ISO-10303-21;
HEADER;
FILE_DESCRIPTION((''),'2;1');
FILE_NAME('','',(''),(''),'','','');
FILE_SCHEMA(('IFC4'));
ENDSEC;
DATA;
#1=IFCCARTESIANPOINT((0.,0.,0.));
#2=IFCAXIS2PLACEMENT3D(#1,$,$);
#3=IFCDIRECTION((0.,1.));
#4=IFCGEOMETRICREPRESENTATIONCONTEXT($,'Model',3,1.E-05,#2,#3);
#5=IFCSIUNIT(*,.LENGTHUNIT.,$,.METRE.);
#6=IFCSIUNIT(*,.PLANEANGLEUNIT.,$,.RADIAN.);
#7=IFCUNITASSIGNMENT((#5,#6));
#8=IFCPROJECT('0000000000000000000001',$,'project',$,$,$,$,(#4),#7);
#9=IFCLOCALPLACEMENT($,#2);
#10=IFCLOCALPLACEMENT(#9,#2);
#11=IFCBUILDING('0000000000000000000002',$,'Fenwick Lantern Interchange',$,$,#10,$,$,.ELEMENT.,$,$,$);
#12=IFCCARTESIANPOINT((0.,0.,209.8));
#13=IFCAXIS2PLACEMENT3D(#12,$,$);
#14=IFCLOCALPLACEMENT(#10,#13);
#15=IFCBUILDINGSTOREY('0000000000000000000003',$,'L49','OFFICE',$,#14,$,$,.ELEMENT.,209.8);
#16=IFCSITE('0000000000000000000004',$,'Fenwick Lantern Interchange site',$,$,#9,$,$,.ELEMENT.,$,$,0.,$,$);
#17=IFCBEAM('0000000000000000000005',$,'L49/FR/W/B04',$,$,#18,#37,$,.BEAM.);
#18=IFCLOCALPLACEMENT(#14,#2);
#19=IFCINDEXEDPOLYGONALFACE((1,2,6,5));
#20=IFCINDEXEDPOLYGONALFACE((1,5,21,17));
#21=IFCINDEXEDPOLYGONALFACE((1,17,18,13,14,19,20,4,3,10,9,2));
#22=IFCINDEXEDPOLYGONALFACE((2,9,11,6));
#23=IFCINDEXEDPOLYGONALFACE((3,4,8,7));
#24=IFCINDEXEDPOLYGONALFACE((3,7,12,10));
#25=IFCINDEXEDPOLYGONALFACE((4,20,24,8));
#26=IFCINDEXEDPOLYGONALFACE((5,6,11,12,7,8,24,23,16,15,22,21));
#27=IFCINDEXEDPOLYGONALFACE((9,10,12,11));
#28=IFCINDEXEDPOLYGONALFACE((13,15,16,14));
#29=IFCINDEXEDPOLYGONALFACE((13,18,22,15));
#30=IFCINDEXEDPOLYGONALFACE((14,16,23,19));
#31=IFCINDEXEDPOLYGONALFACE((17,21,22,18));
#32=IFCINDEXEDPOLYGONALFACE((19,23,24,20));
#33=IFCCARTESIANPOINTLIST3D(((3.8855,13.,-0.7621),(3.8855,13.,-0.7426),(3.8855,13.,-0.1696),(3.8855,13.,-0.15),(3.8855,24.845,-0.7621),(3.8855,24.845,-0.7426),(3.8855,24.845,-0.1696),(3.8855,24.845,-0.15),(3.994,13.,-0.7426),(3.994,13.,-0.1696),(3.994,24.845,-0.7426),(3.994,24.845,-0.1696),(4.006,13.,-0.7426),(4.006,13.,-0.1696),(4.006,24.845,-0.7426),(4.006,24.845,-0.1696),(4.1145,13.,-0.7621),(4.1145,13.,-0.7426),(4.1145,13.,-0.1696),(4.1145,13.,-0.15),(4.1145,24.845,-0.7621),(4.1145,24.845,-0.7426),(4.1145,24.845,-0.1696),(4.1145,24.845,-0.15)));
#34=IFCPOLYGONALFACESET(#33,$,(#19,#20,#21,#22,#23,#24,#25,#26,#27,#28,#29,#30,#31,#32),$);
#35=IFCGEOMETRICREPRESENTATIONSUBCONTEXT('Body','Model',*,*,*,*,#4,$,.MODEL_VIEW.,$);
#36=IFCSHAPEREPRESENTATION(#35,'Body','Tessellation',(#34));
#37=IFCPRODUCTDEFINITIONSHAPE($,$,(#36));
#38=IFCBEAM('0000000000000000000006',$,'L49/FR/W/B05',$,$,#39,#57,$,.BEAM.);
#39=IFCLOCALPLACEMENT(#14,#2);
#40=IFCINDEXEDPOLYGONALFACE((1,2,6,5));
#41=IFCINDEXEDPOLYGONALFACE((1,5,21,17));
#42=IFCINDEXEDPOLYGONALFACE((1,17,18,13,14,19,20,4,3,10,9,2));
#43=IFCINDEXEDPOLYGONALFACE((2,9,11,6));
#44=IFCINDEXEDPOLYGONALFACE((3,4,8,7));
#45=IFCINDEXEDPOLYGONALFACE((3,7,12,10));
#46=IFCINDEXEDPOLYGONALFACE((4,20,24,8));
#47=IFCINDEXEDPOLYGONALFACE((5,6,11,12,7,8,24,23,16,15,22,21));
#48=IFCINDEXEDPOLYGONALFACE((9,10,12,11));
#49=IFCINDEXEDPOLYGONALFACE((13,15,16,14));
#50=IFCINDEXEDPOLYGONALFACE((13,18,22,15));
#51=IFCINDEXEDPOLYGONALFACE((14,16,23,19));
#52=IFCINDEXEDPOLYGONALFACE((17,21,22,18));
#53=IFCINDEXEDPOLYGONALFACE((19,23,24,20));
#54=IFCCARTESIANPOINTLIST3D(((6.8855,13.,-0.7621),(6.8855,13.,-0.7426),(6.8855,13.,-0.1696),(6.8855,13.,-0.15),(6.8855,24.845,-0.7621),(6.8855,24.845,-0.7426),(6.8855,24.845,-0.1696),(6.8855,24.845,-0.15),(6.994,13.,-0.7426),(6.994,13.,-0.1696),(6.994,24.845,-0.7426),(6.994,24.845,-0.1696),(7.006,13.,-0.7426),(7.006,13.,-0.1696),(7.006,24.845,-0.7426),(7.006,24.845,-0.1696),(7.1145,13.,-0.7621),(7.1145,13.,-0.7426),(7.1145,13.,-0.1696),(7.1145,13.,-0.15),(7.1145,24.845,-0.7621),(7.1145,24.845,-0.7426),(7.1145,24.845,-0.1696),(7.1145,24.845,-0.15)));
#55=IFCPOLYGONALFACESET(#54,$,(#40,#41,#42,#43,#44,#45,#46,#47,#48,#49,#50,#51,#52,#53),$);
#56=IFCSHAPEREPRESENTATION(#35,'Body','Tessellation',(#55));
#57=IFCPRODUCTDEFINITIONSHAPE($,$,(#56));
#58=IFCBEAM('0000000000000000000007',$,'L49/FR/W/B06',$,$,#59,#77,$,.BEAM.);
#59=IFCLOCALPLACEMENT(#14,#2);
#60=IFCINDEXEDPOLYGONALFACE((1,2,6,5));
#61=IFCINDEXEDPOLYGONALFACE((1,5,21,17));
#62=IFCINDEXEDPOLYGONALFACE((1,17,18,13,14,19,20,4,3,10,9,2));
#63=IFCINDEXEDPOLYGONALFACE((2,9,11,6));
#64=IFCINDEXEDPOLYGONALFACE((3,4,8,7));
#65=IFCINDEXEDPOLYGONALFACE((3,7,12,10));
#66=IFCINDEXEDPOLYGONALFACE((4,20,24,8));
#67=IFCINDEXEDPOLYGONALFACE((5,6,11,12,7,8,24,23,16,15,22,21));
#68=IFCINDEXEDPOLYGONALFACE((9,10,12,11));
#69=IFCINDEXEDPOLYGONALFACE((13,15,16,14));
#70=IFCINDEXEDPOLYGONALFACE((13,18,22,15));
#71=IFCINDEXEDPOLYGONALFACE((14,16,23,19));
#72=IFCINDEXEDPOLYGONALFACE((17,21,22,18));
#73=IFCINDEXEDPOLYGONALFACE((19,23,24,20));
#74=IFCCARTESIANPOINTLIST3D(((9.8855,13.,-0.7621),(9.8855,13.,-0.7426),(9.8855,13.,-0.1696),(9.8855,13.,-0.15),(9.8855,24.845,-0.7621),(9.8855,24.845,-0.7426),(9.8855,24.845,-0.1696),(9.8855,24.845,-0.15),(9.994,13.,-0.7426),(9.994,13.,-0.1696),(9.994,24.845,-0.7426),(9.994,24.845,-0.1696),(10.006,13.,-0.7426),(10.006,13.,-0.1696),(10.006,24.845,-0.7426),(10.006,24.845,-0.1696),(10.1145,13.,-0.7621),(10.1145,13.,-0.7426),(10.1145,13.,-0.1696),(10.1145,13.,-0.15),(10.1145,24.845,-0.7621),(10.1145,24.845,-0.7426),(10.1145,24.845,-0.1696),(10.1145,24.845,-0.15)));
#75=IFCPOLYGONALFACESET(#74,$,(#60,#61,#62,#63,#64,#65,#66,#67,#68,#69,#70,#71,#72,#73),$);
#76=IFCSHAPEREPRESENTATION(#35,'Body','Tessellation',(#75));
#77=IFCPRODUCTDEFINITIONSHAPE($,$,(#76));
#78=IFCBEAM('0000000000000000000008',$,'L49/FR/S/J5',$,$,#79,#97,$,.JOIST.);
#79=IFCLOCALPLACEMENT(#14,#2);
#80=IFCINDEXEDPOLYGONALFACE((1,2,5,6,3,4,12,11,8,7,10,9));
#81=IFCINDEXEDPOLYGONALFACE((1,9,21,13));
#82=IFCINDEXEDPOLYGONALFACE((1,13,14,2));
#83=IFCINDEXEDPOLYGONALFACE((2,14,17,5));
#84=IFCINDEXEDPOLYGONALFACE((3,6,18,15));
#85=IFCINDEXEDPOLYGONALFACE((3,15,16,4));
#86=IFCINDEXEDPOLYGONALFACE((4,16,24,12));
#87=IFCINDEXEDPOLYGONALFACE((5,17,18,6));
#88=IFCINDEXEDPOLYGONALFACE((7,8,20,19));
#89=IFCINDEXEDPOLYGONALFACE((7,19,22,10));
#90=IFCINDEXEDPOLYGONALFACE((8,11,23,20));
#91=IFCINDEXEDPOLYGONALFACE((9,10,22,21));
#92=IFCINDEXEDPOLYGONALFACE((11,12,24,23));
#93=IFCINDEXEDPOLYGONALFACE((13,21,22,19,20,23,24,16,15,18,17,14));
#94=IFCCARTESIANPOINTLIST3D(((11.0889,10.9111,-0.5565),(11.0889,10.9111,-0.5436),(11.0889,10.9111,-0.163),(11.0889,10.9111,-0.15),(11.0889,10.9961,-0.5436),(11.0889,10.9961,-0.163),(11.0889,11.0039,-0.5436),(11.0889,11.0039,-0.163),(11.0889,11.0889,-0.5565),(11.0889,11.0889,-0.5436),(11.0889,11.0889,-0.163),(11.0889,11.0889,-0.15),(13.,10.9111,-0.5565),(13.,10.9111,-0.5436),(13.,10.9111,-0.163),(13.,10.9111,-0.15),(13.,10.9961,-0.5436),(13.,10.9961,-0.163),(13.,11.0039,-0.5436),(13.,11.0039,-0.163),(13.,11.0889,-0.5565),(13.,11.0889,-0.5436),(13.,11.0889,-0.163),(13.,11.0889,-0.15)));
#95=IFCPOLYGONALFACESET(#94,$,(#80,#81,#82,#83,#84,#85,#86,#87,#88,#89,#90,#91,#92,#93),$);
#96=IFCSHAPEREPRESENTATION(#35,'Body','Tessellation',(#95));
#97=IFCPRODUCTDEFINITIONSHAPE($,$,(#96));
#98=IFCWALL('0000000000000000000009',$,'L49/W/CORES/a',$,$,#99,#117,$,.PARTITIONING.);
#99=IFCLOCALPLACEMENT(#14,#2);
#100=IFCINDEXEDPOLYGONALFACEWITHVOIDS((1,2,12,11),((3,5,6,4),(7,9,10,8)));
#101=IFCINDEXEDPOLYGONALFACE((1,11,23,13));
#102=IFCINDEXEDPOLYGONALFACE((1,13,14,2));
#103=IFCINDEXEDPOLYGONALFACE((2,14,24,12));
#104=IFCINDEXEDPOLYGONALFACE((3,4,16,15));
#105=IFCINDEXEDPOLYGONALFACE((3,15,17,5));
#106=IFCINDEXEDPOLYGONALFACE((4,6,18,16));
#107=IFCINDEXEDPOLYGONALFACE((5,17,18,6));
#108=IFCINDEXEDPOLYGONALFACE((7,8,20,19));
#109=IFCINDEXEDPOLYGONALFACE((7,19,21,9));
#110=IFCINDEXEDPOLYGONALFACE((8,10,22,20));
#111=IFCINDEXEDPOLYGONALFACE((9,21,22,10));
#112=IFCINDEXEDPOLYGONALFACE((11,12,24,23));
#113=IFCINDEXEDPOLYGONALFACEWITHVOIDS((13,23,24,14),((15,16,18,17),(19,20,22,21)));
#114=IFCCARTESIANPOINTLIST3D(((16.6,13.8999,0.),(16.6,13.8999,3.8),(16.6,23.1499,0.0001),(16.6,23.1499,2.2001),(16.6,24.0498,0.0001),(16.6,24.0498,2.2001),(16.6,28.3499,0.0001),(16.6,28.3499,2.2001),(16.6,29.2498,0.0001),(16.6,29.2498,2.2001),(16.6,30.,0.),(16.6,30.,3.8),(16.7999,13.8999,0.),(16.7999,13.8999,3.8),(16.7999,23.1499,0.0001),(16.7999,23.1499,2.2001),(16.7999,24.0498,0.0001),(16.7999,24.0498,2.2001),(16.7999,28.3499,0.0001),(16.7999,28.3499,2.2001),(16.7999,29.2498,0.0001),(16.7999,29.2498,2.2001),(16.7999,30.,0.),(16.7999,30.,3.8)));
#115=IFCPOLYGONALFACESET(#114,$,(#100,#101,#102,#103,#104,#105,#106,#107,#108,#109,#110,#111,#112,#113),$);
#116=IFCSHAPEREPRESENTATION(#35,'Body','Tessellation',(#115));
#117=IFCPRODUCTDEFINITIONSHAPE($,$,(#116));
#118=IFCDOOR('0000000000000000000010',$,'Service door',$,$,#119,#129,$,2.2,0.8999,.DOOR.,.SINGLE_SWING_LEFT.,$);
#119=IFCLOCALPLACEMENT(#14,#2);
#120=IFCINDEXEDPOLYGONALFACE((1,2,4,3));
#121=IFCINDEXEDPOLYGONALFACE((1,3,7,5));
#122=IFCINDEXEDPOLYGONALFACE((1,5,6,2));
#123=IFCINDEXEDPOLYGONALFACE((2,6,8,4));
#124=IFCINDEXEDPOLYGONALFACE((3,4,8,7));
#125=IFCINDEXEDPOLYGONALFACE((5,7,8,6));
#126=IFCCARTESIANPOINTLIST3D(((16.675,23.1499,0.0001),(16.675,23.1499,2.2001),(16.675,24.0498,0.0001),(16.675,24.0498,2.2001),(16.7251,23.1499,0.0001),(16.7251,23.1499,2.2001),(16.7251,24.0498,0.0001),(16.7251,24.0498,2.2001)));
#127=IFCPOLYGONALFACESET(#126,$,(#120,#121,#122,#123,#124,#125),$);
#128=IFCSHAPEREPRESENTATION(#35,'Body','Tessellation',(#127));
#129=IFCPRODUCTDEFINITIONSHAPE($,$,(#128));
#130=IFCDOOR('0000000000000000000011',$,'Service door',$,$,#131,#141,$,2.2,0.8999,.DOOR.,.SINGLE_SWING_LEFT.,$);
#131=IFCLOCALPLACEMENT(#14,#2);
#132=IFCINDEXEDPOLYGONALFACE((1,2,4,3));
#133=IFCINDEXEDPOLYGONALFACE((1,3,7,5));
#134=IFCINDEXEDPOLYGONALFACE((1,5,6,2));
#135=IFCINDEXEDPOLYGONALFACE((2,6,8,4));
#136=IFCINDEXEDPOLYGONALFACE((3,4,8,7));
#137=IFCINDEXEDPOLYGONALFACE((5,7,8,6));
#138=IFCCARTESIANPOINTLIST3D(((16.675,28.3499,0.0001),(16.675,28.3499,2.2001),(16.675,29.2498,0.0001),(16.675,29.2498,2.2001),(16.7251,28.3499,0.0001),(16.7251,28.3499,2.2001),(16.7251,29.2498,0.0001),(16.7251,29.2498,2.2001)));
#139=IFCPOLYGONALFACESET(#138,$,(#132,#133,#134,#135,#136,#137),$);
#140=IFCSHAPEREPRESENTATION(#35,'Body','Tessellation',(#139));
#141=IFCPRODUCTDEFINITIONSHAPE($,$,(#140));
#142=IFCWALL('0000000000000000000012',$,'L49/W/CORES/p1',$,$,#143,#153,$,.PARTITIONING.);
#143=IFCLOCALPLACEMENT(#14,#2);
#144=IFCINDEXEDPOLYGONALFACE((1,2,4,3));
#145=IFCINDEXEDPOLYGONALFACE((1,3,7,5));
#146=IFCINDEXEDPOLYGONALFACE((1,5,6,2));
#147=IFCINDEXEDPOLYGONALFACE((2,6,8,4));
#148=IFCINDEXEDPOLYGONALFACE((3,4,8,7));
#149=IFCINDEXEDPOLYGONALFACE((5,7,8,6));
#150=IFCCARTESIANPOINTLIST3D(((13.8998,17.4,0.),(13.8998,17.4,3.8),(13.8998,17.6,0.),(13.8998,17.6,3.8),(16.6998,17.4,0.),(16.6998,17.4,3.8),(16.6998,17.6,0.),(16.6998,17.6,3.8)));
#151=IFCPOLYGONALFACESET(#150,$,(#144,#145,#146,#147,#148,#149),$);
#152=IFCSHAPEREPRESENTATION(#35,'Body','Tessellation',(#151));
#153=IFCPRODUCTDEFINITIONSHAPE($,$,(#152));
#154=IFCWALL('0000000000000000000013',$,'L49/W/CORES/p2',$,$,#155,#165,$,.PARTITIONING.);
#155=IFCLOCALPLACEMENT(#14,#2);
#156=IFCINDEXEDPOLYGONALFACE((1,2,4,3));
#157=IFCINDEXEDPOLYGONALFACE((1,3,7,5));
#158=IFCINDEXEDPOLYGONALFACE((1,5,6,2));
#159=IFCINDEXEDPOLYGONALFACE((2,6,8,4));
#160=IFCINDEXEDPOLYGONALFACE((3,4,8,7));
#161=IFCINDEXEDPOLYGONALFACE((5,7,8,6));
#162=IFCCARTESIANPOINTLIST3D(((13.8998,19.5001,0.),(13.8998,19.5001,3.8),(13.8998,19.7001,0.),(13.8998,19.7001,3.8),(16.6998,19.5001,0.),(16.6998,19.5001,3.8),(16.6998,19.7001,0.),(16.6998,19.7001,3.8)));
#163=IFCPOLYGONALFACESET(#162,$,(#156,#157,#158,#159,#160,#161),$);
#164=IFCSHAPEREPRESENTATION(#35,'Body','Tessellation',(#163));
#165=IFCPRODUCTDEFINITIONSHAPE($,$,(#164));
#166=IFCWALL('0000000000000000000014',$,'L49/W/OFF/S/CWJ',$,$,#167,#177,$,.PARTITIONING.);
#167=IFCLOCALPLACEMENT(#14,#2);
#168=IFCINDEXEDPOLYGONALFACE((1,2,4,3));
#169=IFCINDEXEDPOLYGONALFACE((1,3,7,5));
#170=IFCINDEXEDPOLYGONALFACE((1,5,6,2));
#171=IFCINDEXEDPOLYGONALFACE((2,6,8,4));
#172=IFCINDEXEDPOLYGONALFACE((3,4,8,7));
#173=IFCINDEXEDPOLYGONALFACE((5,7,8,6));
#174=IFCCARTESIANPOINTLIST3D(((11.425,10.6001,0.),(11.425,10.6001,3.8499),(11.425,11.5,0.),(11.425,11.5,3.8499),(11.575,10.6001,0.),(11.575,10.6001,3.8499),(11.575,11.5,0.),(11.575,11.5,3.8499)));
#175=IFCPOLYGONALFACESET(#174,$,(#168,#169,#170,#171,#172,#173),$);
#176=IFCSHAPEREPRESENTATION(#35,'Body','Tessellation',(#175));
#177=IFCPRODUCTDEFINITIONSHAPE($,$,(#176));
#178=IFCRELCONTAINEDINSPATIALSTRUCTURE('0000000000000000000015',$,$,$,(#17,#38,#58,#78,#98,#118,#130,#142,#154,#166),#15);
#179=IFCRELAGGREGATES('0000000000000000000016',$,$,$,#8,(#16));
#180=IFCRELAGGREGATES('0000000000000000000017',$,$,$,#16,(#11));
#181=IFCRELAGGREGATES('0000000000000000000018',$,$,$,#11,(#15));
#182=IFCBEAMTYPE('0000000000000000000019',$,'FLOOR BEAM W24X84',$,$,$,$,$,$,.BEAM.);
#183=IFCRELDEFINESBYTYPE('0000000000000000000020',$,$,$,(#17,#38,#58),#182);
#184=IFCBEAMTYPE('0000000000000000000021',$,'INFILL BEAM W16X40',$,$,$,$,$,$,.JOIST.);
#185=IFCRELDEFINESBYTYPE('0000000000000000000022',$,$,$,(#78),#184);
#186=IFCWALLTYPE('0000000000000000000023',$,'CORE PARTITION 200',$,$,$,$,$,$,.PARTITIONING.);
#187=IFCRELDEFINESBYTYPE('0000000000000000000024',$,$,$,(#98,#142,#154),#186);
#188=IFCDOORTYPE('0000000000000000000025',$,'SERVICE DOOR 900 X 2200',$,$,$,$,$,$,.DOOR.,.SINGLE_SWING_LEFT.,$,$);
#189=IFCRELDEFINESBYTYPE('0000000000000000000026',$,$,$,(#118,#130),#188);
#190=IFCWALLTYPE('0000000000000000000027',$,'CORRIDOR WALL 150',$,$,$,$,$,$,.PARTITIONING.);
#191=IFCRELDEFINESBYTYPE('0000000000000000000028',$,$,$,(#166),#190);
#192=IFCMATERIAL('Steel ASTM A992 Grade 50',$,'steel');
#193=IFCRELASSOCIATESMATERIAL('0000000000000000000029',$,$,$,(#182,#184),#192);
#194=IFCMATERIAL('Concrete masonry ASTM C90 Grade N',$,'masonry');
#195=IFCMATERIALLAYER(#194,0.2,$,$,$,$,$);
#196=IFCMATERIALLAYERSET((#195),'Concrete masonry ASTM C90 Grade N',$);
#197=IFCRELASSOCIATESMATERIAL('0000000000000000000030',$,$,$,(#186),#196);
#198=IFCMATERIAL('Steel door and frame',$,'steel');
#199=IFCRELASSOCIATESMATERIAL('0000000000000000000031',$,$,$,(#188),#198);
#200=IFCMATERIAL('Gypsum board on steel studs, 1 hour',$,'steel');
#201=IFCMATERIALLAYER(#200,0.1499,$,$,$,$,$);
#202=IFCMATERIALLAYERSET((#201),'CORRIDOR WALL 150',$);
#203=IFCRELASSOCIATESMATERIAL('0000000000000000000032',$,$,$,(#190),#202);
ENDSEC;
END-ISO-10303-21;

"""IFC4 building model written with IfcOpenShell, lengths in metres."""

from ifc_helpers import new_model, si_unit, direction, frame, frame_2d, origin, origin_2d, place, context, subcontext, project, spatial, rectangle, i_section, extrude, material, layer, layer_set, material_profile, profile_set, type_object, element, fill, save


model = new_model("IFC4")

# Units and contexts
model_context = context("Model", 3, precision=1e-05, world=origin(), true_north=direction((0.0, 1.0)))
body_context = subcontext(model_context, "Body", "Model", "MODEL_VIEW")
ifc_project = project(units=[si_unit("LENGTHUNIT", "METRE"), si_unit("PLANEANGLEUNIT", "RADIAN")], contexts=[model_context])

# Site, building, storey
site_placement = place(None, origin())
site = spatial("IfcSite", under=ifc_project, at=site_placement, Name="Fenwick Lantern Interchange site", CompositionType="ELEMENT", RefElevation=0.0)
building_placement = place(site_placement, origin())
building = spatial("IfcBuilding", under=site, at=building_placement, Name="Fenwick Lantern Interchange", CompositionType="ELEMENT")
storey_placement = place(building_placement, frame((0.0, 0.0, 209.8)))
storey = spatial("IfcBuildingStorey", under=building, at=storey_placement, Name="L49", Description="OFFICE", CompositionType="ELEMENT", Elevation=209.8)

# Beams
ifc_material_1 = material(Name="Steel ASTM A992 Grade 50", Category="steel")
ifc_material_profile_1 = material_profile(ifc_material_1, i_section(OverallWidth=0.229, OverallDepth=0.6121, WebThickness=0.012, FlangeThickness=0.0195, at=origin_2d()), Name="W24X84")
ifc_profile_set_1 = profile_set([ifc_material_profile_1], Name="Steel ASTM A992 Grade 50")
beam_type_1 = type_object("IfcBeamType", Name="FLOOR BEAM W24X84", PredefinedType="BEAM", material=ifc_profile_set_1)
for number, where, z_axis, x_axis, name in (
    (1, (4.0, 24.845, -0.4561), (0.0, -1.0, 0.0), (1.0, 0.0, 0.0), "L49/FR/W/B04"),
    (2, (7.0, 24.845, -0.4561), (0.0, -1.0, 0.0), (1.0, 0.0, 0.0), "L49/FR/W/B05"),
    (3, (10.0, 24.845, -0.4561), (0.0, -1.0, 0.0), (1.0, 0.0, 0.0), "L49/FR/W/B06"),
):
    element("IfcBeam", number, at=place(storey_placement, frame(where, z_axis=z_axis, x_axis=x_axis)), inside=storey, type_object=beam_type_1, Name=name, PredefinedType="BEAM", context=body_context, shape_type="SweptSolid", body=[
        extrude(i_section(OverallWidth=0.229, OverallDepth=0.6121, WebThickness=0.012, FlangeThickness=0.0195, at=origin_2d()), origin(), (0.0, 0.0, 1.0), 11.845),
    ])
ifc_material_profile_2 = material_profile(ifc_material_1, i_section(OverallWidth=0.1777, OverallDepth=0.4065, WebThickness=0.0078, FlangeThickness=0.0129, at=origin_2d()), Name="W16X40")
ifc_profile_set_2 = profile_set([ifc_material_profile_2], Name="Steel ASTM A992 Grade 50")
beam_type_2 = type_object("IfcBeamType", Name="INFILL BEAM W16X40", PredefinedType="JOIST", material=ifc_profile_set_2)
beam_placement = place(storey_placement, frame((11.0889, 11.0, -0.3533), z_axis=(1.0, 0.0, 0.0), x_axis=(0.0, 1.0, 0.0)))
element("IfcBeam", 4, at=beam_placement, inside=storey, type_object=beam_type_2, Name="L49/FR/S/J5", PredefinedType="JOIST", context=body_context, shape_type="SweptSolid", body=[
    extrude(i_section(OverallWidth=0.1777, OverallDepth=0.4065, WebThickness=0.0078, FlangeThickness=0.0129, at=origin_2d()), origin(), (0.0, 0.0, 1.0), 1.9111),
])

# Wall, openings, doors
ifc_material_2 = material(Name="Concrete masonry ASTM C90 Grade N", Category="masonry")
ifc_layer_1 = layer(ifc_material_2, 0.2)
ifc_layer_set_1 = layer_set([ifc_layer_1], Name="Concrete masonry ASTM C90 Grade N")
wall_type_1 = type_object("IfcWallType", Name="CORE PARTITION 200", PredefinedType="PARTITIONING", material=ifc_layer_set_1)
wall_1_placement = place(storey_placement, frame((16.7, 13.8999, 0.0), z_axis=(0.0, 0.0, 1.0), x_axis=(0.0, 1.0, 0.0)))
wall_1 = element("IfcWall", 5, at=wall_1_placement, inside=storey, type_object=wall_type_1, Name="L49/W/CORES/a", PredefinedType="PARTITIONING", context=body_context, shape_type="SweptSolid", body=[
    extrude(rectangle(XDim=16.1001, YDim=0.2, at=frame_2d((8.05, 0.0))), origin(), (0.0, 0.0, 1.0), 3.8),
])
opening_1_placement = place(wall_1_placement, frame((9.25, 0.0, 0.0)))
opening_1 = element("IfcOpeningElement", 6, at=opening_1_placement, cuts=wall_1, PredefinedType="OPENING", context=body_context, shape_type="SweptSolid", body=[
    extrude(rectangle(XDim=0.8999, YDim=2.2, at=frame_2d((0.45, 1.1001))), frame((0.0, 0.1099, 0.0), z_axis=(0.0, -1.0, 0.0), x_axis=(1.0, 0.0, 0.0)), (0.0, 0.0, 1.0), 0.22),
])
opening_2_placement = place(wall_1_placement, frame((14.45, 0.0, 0.0)))
opening_2 = element("IfcOpeningElement", 7, at=opening_2_placement, cuts=wall_1, PredefinedType="OPENING", context=body_context, shape_type="SweptSolid", body=[
    extrude(rectangle(XDim=0.8999, YDim=2.2, at=frame_2d((0.45, 1.1001))), frame((0.0, 0.1099, 0.0), z_axis=(0.0, -1.0, 0.0), x_axis=(1.0, 0.0, 0.0)), (0.0, 0.0, 1.0), 0.22),
])
ifc_material_3 = material(Name="Steel door and frame", Category="steel")
door_type_1 = type_object("IfcDoorType", Name="SERVICE DOOR 900 X 2200", OperationType="SINGLE_SWING_LEFT", PredefinedType="DOOR", material=ifc_material_3)
door_1_placement = place(opening_1_placement, origin())
door_1 = element("IfcDoor", 8, at=door_1_placement, inside=storey, type_object=door_type_1, Name="Service door", OperationType="SINGLE_SWING_LEFT", OverallHeight=2.2, OverallWidth=0.8999, PredefinedType="DOOR", context=body_context, shape_type="SweptSolid", body=[
    extrude(rectangle(XDim=0.8999, YDim=2.2, at=frame_2d((0.45, 1.1001))), frame((0.0, 0.0249, 0.0), z_axis=(0.0, -1.0, 0.0), x_axis=(1.0, 0.0, 0.0)), (0.0, 0.0, 1.0), 0.05),
])
fill(opening_1, door_1)
door_2_placement = place(opening_2_placement, origin())
door_2 = element("IfcDoor", 9, at=door_2_placement, inside=storey, type_object=door_type_1, Name="Service door", OperationType="SINGLE_SWING_LEFT", OverallHeight=2.2, OverallWidth=0.8999, PredefinedType="DOOR", context=body_context, shape_type="SweptSolid", body=[
    extrude(rectangle(XDim=0.8999, YDim=2.2, at=frame_2d((0.45, 1.1001))), frame((0.0, 0.0249, 0.0), z_axis=(0.0, -1.0, 0.0), x_axis=(1.0, 0.0, 0.0)), (0.0, 0.0, 1.0), 0.05),
])
fill(opening_2, door_2)

# Walls
for number, where, z_axis, x_axis, name in (
    (10, (13.8999, 17.5, 0.0), (0.0, 0.0, 1.0), (1.0, 0.0, 0.0), "L49/W/CORES/p1"),
    (11, (13.8999, 19.6001, 0.0), (0.0, 0.0, 1.0), (1.0, 0.0, 0.0), "L49/W/CORES/p2"),
):
    element("IfcWall", number, at=place(storey_placement, frame(where, z_axis=z_axis, x_axis=x_axis)), inside=storey, type_object=wall_type_1, Name=name, PredefinedType="PARTITIONING", context=body_context, shape_type="SweptSolid", body=[
        extrude(rectangle(XDim=2.8, YDim=0.2, at=frame_2d((1.3999, 0.0))), origin(), (0.0, 0.0, 1.0), 3.8),
    ])

# Wall
ifc_material_4 = material(Name="Gypsum board on steel studs, 1 hour", Category="steel")
ifc_layer_2 = layer(ifc_material_4, 0.1499)
ifc_layer_set_2 = layer_set([ifc_layer_2], Name="CORRIDOR WALL 150")
wall_type_2 = type_object("IfcWallType", Name="CORRIDOR WALL 150", PredefinedType="PARTITIONING", material=ifc_layer_set_2)
wall_2_placement = place(storey_placement, frame((11.5, 11.5, 0.0), z_axis=(0.0, 0.0, 1.0), x_axis=(0.0, -1.0, 0.0)))
element("IfcWall", 12, at=wall_2_placement, inside=storey, type_object=wall_type_2, Name="L49/W/OFF/S/CWJ", PredefinedType="PARTITIONING", context=body_context, shape_type="SweptSolid", body=[
    extrude(rectangle(XDim=0.8999, YDim=0.1499, at=frame_2d((0.45, 0.0))), origin(), (0.0, 0.0, 1.0), 3.8499),
])

save(model, "model.ifc")
